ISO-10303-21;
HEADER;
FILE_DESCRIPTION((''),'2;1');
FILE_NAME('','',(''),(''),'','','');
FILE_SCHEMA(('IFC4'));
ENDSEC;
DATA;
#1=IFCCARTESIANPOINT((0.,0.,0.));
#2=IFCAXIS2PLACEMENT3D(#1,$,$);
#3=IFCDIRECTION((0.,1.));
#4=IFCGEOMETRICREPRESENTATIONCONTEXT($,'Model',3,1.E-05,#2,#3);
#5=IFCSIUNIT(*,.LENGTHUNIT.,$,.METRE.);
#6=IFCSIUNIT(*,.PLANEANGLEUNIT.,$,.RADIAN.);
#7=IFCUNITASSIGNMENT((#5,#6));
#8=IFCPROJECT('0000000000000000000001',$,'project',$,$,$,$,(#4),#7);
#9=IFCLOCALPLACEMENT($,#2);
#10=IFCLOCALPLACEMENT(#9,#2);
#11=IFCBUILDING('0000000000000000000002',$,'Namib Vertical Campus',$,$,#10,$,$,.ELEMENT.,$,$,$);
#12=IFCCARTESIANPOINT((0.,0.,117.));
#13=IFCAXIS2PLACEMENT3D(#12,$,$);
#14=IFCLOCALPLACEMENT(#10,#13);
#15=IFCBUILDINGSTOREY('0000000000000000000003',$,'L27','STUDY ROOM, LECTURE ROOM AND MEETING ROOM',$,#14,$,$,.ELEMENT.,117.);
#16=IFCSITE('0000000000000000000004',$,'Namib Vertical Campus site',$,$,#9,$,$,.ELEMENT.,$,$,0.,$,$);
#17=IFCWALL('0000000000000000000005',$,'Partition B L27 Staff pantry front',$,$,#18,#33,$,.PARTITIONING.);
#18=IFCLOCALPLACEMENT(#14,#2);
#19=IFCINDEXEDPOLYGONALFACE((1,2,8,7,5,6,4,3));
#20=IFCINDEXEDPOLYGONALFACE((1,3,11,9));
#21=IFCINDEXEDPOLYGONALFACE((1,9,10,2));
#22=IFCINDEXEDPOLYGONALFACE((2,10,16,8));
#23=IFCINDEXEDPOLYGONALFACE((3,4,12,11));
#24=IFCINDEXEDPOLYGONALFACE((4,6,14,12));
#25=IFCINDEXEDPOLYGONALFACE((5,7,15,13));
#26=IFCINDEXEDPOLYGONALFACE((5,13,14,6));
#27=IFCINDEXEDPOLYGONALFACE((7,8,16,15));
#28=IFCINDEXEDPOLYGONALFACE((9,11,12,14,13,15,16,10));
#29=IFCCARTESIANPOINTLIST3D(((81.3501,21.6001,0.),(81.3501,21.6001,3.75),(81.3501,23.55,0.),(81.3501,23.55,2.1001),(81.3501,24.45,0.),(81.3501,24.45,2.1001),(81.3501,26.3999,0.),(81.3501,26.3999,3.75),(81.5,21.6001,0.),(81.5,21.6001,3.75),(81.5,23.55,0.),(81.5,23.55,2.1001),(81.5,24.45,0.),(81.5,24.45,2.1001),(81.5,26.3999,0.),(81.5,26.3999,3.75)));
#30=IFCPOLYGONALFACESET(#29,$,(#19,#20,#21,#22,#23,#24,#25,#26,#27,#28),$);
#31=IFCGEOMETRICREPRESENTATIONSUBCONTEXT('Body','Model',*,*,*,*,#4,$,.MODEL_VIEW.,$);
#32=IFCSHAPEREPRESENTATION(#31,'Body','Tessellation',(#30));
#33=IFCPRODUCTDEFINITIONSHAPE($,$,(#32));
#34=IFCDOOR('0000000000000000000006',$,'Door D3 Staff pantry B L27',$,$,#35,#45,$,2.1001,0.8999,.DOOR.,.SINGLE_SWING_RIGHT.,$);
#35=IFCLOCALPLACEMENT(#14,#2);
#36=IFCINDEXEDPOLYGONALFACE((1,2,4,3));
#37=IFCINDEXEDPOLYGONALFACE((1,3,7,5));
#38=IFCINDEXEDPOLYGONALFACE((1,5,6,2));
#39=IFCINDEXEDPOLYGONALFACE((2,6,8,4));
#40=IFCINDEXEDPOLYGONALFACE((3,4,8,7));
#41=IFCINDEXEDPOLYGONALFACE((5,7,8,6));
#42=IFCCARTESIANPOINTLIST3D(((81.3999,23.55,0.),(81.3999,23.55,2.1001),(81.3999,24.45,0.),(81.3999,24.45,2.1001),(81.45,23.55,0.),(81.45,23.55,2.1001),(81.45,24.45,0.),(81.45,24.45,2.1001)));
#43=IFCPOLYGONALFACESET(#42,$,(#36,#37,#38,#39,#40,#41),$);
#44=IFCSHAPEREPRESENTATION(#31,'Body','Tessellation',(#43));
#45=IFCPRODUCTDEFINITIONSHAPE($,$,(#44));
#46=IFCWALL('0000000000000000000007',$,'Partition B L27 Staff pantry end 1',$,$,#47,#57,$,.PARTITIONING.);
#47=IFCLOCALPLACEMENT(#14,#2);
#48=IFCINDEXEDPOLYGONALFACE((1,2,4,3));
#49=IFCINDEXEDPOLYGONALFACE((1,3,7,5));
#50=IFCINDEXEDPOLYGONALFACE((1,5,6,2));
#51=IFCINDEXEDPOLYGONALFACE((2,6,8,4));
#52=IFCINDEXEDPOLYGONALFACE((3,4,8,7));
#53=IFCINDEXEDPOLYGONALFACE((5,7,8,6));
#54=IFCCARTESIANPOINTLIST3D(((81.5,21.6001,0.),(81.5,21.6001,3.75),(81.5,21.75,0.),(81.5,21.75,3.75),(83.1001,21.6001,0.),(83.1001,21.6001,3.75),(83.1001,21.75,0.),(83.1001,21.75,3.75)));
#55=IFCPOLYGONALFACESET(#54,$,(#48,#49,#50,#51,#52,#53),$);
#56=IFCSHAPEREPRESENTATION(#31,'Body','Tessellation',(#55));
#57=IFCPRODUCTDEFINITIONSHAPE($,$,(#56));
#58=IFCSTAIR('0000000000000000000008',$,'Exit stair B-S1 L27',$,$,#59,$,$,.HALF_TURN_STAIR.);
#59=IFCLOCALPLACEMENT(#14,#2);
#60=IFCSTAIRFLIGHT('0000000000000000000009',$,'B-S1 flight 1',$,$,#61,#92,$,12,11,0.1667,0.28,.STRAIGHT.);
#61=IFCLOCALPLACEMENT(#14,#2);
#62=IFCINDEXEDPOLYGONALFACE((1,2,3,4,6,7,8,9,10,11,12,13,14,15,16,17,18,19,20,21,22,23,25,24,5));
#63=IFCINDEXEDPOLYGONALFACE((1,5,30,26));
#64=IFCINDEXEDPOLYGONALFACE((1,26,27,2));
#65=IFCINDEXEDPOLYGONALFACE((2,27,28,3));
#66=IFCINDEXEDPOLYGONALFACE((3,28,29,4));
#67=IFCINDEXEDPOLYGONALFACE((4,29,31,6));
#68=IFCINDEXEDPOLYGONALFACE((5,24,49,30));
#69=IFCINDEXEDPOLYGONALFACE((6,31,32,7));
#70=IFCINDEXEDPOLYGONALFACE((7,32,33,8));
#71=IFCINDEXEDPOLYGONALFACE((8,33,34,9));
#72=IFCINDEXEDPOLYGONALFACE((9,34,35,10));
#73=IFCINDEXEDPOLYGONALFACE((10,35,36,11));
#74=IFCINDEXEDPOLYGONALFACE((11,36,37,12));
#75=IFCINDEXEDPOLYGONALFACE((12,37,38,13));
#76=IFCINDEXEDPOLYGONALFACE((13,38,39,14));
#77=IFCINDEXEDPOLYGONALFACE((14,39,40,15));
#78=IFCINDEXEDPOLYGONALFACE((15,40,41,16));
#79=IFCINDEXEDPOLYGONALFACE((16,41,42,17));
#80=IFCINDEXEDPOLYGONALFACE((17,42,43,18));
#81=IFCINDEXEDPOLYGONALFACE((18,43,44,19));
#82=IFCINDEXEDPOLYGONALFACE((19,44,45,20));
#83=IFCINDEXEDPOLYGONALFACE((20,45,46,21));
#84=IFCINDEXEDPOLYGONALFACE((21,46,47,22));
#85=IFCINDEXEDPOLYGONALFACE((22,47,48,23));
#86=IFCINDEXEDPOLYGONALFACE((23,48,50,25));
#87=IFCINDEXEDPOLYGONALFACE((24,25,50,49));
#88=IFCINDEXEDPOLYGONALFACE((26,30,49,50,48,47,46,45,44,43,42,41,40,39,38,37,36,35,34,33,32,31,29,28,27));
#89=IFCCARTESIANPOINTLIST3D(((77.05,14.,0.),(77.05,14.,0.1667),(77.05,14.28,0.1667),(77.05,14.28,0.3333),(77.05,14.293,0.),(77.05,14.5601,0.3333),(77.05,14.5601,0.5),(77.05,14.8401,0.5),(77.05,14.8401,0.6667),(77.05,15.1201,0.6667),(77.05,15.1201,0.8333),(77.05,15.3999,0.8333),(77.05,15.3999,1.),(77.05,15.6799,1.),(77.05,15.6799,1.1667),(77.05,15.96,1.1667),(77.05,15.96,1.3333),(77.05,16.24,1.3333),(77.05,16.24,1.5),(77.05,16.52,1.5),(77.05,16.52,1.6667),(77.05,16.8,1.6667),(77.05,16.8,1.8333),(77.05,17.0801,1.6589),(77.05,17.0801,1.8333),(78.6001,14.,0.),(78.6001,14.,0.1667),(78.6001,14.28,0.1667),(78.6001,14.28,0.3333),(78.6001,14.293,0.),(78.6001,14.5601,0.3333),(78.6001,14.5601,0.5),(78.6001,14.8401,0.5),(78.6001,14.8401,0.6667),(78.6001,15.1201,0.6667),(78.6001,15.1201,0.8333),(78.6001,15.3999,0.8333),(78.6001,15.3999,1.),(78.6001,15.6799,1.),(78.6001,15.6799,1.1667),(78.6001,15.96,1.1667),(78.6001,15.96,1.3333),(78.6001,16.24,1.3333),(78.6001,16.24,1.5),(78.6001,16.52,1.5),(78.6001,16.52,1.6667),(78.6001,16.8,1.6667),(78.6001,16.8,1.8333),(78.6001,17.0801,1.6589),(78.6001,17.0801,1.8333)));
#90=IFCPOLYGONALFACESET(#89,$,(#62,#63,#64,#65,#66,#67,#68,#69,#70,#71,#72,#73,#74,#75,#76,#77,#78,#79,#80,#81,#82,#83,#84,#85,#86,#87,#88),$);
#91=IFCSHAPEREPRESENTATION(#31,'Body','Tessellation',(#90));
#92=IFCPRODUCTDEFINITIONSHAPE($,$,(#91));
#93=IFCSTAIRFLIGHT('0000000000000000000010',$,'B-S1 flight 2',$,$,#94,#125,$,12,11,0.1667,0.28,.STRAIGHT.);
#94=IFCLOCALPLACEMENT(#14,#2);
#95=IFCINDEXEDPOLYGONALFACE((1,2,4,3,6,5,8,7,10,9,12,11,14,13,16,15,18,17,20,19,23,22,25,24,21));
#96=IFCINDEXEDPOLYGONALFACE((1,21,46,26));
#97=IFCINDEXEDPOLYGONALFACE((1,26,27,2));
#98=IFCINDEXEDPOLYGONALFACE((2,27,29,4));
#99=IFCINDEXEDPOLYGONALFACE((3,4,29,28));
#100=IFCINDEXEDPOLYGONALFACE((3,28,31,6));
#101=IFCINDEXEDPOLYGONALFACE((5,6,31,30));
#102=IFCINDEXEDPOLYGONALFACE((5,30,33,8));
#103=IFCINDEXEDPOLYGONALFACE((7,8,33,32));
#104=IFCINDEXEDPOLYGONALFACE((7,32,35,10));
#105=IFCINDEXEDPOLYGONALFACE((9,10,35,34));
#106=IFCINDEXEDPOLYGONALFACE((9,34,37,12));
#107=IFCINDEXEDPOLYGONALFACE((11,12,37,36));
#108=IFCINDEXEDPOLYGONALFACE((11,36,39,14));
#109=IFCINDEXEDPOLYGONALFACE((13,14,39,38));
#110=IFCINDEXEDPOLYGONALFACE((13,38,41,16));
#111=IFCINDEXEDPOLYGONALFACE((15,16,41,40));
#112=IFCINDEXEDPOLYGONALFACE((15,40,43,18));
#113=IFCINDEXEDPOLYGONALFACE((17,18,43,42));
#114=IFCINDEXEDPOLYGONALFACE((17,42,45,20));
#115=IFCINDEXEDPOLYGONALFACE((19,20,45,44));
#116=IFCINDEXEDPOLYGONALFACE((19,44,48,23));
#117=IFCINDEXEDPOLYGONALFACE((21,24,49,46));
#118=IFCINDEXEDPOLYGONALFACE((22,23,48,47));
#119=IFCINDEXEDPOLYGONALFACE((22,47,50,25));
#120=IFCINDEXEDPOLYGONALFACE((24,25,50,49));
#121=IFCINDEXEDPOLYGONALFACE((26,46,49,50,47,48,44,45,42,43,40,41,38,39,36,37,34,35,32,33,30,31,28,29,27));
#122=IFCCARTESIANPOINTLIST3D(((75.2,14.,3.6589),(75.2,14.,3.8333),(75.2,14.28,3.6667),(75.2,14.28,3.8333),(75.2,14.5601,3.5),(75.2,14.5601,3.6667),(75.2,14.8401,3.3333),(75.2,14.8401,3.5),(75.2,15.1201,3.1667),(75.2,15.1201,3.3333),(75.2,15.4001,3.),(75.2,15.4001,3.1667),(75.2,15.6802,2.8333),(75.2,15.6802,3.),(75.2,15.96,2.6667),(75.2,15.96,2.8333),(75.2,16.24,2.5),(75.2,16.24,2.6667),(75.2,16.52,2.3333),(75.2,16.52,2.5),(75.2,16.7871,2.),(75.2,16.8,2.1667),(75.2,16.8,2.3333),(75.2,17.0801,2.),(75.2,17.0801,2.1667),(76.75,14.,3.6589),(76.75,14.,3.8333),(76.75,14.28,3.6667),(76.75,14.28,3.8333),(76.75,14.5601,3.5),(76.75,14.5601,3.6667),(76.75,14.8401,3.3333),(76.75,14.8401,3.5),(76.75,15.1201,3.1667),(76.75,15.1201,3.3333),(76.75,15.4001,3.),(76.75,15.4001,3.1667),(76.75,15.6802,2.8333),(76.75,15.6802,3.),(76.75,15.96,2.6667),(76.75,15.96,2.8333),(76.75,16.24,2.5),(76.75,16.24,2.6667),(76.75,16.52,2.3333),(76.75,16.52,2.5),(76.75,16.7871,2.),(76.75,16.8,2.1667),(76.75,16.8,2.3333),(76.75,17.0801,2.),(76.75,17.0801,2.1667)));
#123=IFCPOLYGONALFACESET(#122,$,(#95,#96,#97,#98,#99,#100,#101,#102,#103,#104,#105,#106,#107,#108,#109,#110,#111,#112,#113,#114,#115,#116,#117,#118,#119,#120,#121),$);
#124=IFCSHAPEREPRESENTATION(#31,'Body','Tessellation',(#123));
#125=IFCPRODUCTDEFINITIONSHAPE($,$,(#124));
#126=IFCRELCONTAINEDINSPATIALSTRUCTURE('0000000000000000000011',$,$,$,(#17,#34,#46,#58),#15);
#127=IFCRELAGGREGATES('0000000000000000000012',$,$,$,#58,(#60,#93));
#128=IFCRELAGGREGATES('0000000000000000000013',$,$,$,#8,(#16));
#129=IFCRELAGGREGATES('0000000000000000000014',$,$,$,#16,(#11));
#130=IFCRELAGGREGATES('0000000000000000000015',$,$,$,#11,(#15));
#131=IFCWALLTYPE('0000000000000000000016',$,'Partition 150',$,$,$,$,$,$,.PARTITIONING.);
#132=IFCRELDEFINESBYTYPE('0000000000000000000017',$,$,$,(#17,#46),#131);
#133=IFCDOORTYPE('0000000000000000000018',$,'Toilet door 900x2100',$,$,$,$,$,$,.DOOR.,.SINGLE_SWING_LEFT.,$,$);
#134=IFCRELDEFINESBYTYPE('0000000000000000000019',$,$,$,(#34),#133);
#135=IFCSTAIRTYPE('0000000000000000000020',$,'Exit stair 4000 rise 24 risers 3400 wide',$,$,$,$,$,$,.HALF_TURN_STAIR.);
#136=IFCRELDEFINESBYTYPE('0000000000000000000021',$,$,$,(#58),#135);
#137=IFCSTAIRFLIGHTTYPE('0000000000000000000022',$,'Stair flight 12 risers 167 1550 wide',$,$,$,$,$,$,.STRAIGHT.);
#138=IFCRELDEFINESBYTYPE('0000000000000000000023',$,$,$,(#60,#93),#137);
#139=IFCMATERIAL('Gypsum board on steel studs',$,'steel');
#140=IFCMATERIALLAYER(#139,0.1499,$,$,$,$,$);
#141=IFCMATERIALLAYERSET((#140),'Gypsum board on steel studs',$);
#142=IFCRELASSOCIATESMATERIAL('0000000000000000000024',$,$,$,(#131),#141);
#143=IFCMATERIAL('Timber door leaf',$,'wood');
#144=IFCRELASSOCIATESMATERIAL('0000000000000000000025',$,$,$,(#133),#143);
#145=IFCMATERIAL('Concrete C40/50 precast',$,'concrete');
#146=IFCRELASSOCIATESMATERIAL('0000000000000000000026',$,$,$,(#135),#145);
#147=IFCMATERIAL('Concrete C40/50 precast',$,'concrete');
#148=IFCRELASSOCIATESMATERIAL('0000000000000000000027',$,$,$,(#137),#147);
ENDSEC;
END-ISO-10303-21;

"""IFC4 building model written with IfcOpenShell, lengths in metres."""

from ifc_helpers import new_model, si_unit, direction, frame, frame_2d, origin, place, context, subcontext, project, spatial, polyline, rectangle, outline, extrude, material, layer, layer_set, type_object, element, fill, aggregate, save


model = new_model("IFC4")

# Units and contexts
model_context = context("Model", 3, precision=1e-05, world=origin(), true_north=direction((0.0, 1.0)))
body_context = subcontext(model_context, "Body", "Model", "MODEL_VIEW")
ifc_project = project(units=[si_unit("LENGTHUNIT", "METRE"), si_unit("PLANEANGLEUNIT", "RADIAN")], contexts=[model_context])

# Site, building, storey
site_placement = place(None, origin())
site = spatial("IfcSite", under=ifc_project, at=site_placement, Name="Namib Vertical Campus site", CompositionType="ELEMENT", RefElevation=0.0)
building_placement = place(site_placement, origin())
building = spatial("IfcBuilding", under=site, at=building_placement, Name="Namib Vertical Campus", CompositionType="ELEMENT")
storey_placement = place(building_placement, frame((0.0, 0.0, 117.0)))
storey = spatial("IfcBuildingStorey", under=building, at=storey_placement, Name="L27", Description="STUDY ROOM, LECTURE ROOM AND MEETING ROOM", CompositionType="ELEMENT", Elevation=117.0)

# Wall, opening, door
ifc_material_1 = material(Name="Gypsum board on steel studs", Category="steel")
ifc_layer_1 = layer(ifc_material_1, 0.1499)
ifc_layer_set_1 = layer_set([ifc_layer_1], Name="Gypsum board on steel studs")
wall_type_1 = type_object("IfcWallType", Name="Partition 150", PredefinedType="PARTITIONING", material=ifc_layer_set_1)
wall_1_placement = place(storey_placement, frame((81.425, 21.6001, 0.0), z_axis=(0.0, 0.0, 1.0), x_axis=(0.0, 1.0, 0.0)))
wall_1 = element("IfcWall", 1, at=wall_1_placement, inside=storey, type_object=wall_type_1, Name="Partition B L27 Staff pantry front", PredefinedType="PARTITIONING", context=body_context, shape_type="SweptSolid", body=[
    extrude(rectangle(XDim=4.7998, YDim=0.1499, at=frame_2d((2.3999, 0.0))), origin(), (0.0, 0.0, 1.0), 3.75),
])
opening_1_placement = place(wall_1_placement, frame((1.95, 0.0, 0.0)))
opening_1 = element("IfcOpeningElement", 2, at=opening_1_placement, cuts=wall_1, PredefinedType="OPENING", context=body_context, shape_type="SweptSolid", body=[
    extrude(rectangle(XDim=0.8999, YDim=2.1001, at=frame_2d((0.45, 1.05))), frame((0.0, 0.085, 0.0), z_axis=(0.0, -1.0, 0.0), x_axis=(1.0, 0.0, 0.0)), (0.0, 0.0, 1.0), 0.1699),
])
ifc_material_2 = material(Name="Timber door leaf", Category="wood")
door_type_1 = type_object("IfcDoorType", Name="Toilet door 900x2100", OperationType="SINGLE_SWING_LEFT", PredefinedType="DOOR", material=ifc_material_2)
door_1_placement = place(opening_1_placement, frame((0.8999, 0.0, 0.0), z_axis=(0.0, 0.0, 1.0), x_axis=(-1.0, 0.0, 0.0)))
door_1 = element("IfcDoor", 3, at=door_1_placement, inside=storey, type_object=door_type_1, Name="Door D3 Staff pantry B L27", OperationType="SINGLE_SWING_RIGHT", OverallHeight=2.1001, OverallWidth=0.8999, PredefinedType="DOOR", context=body_context, shape_type="SweptSolid", body=[
    extrude(rectangle(XDim=0.8999, YDim=2.1001, at=frame_2d((0.45, 1.05))), frame((0.0, 0.0249, 0.0), z_axis=(0.0, -1.0, 0.0), x_axis=(1.0, 0.0, 0.0)), (0.0, 0.0, 1.0), 0.05),
])
fill(opening_1, door_1)

# Wall
wall_2_placement = place(storey_placement, frame((81.5, 21.675, 0.0), z_axis=(0.0, 0.0, 1.0), x_axis=(1.0, 0.0, 0.0)))
element("IfcWall", 4, at=wall_2_placement, inside=storey, type_object=wall_type_1, Name="Partition B L27 Staff pantry end 1", PredefinedType="PARTITIONING", context=body_context, shape_type="SweptSolid", body=[
    extrude(rectangle(XDim=1.6001, YDim=0.1499, at=frame_2d((0.8, 0.0))), origin(), (0.0, 0.0, 1.0), 3.75),
])

# Stair, stair flights
ifc_material_3 = material(Name="Concrete C40/50 precast", Category="concrete")
stair_type = type_object("IfcStairType", Name="Exit stair 4000 rise 24 risers 3400 wide", PredefinedType="HALF_TURN_STAIR", material=ifc_material_3)
stair_placement = place(storey_placement, origin())
stair = element("IfcStair", 5, at=stair_placement, inside=storey, type_object=stair_type, Name="Exit stair B-S1 L27", PredefinedType="HALF_TURN_STAIR")
ifc_material_4 = material(Name="Concrete C40/50 precast", Category="concrete")
stair_flight_type = type_object("IfcStairFlightType", Name="Stair flight 12 risers 167 1550 wide", PredefinedType="STRAIGHT", material=ifc_material_4)
stair_flight_1_placement = place(storey_placement, frame((77.825, 14.0, 0.0), z_axis=(0.0, 0.0, 1.0), x_axis=(0.0, 1.0, 0.0)))
stair_flight_1 = element("IfcStairFlight", 6, at=stair_flight_1_placement, type_object=stair_flight_type, Name="B-S1 flight 1", NumberOfRisers=12, NumberOfTreads=11, PredefinedType="STRAIGHT", RiserHeight=0.1667, TreadLength=0.28, context=body_context, shape_type="SweptSolid", body=[
    extrude(outline(polyline([(0.0, 0.0), (0.0, 0.1667), (0.28, 0.1667), (0.28, 0.3333), (0.5601, 0.3333), (0.5601, 0.5), (0.8401, 0.5), (0.8401, 0.6667), (1.1201, 0.6667), (1.1201, 0.8333), (1.3999, 0.8333), (1.3999, 1.0), (1.6799, 1.0), (1.6799, 1.1667), (1.96, 1.1667), (1.96, 1.3333), (2.24, 1.3333), (2.24, 1.5), (2.52, 1.5), (2.52, 1.6667), (2.8, 1.6667), (2.8, 1.8333), (3.0801, 1.8333), (3.0801, 2.0), (3.0801, 1.6589), (0.293, 0.0), (0.0, 0.0)])), frame((0.0, 0.7749, 0.0), z_axis=(0.0, -1.0, 0.0), x_axis=(1.0, 0.0, 0.0)), (0.0, 0.0, 1.0), 1.55),
])
stair_flight_2_placement = place(storey_placement, frame((75.9751, 17.0801, 2.0), z_axis=(0.0, 0.0, 1.0), x_axis=(0.0, -1.0, 0.0)))
stair_flight_2 = element("IfcStairFlight", 7, at=stair_flight_2_placement, type_object=stair_flight_type, Name="B-S1 flight 2", NumberOfRisers=12, NumberOfTreads=11, PredefinedType="STRAIGHT", RiserHeight=0.1667, TreadLength=0.28, context=body_context, shape_type="SweptSolid", body=[
    extrude(outline(polyline([(0.0, 0.0), (0.0, 0.1667), (0.28, 0.1667), (0.28, 0.3333), (0.5601, 0.3333), (0.5601, 0.5), (0.8401, 0.5), (0.8401, 0.6667), (1.1201, 0.6667), (1.1201, 0.8333), (1.3999, 0.8333), (1.3999, 1.0), (1.6799, 1.0), (1.6799, 1.1667), (1.96, 1.1667), (1.96, 1.3333), (2.24, 1.3333), (2.24, 1.5), (2.52, 1.5), (2.52, 1.6667), (2.8, 1.6667), (2.8, 1.8333), (3.0801, 1.8333), (3.0801, 2.0), (3.0801, 1.6589), (0.293, 0.0), (0.0, 0.0)])), frame((0.0, 0.7749, 0.0), z_axis=(0.0, -1.0, 0.0), x_axis=(1.0, 0.0, 0.0)), (0.0, 0.0, 1.0), 1.55),
])
aggregate(stair, [stair_flight_1, stair_flight_2])

save(model, "model.ifc")
